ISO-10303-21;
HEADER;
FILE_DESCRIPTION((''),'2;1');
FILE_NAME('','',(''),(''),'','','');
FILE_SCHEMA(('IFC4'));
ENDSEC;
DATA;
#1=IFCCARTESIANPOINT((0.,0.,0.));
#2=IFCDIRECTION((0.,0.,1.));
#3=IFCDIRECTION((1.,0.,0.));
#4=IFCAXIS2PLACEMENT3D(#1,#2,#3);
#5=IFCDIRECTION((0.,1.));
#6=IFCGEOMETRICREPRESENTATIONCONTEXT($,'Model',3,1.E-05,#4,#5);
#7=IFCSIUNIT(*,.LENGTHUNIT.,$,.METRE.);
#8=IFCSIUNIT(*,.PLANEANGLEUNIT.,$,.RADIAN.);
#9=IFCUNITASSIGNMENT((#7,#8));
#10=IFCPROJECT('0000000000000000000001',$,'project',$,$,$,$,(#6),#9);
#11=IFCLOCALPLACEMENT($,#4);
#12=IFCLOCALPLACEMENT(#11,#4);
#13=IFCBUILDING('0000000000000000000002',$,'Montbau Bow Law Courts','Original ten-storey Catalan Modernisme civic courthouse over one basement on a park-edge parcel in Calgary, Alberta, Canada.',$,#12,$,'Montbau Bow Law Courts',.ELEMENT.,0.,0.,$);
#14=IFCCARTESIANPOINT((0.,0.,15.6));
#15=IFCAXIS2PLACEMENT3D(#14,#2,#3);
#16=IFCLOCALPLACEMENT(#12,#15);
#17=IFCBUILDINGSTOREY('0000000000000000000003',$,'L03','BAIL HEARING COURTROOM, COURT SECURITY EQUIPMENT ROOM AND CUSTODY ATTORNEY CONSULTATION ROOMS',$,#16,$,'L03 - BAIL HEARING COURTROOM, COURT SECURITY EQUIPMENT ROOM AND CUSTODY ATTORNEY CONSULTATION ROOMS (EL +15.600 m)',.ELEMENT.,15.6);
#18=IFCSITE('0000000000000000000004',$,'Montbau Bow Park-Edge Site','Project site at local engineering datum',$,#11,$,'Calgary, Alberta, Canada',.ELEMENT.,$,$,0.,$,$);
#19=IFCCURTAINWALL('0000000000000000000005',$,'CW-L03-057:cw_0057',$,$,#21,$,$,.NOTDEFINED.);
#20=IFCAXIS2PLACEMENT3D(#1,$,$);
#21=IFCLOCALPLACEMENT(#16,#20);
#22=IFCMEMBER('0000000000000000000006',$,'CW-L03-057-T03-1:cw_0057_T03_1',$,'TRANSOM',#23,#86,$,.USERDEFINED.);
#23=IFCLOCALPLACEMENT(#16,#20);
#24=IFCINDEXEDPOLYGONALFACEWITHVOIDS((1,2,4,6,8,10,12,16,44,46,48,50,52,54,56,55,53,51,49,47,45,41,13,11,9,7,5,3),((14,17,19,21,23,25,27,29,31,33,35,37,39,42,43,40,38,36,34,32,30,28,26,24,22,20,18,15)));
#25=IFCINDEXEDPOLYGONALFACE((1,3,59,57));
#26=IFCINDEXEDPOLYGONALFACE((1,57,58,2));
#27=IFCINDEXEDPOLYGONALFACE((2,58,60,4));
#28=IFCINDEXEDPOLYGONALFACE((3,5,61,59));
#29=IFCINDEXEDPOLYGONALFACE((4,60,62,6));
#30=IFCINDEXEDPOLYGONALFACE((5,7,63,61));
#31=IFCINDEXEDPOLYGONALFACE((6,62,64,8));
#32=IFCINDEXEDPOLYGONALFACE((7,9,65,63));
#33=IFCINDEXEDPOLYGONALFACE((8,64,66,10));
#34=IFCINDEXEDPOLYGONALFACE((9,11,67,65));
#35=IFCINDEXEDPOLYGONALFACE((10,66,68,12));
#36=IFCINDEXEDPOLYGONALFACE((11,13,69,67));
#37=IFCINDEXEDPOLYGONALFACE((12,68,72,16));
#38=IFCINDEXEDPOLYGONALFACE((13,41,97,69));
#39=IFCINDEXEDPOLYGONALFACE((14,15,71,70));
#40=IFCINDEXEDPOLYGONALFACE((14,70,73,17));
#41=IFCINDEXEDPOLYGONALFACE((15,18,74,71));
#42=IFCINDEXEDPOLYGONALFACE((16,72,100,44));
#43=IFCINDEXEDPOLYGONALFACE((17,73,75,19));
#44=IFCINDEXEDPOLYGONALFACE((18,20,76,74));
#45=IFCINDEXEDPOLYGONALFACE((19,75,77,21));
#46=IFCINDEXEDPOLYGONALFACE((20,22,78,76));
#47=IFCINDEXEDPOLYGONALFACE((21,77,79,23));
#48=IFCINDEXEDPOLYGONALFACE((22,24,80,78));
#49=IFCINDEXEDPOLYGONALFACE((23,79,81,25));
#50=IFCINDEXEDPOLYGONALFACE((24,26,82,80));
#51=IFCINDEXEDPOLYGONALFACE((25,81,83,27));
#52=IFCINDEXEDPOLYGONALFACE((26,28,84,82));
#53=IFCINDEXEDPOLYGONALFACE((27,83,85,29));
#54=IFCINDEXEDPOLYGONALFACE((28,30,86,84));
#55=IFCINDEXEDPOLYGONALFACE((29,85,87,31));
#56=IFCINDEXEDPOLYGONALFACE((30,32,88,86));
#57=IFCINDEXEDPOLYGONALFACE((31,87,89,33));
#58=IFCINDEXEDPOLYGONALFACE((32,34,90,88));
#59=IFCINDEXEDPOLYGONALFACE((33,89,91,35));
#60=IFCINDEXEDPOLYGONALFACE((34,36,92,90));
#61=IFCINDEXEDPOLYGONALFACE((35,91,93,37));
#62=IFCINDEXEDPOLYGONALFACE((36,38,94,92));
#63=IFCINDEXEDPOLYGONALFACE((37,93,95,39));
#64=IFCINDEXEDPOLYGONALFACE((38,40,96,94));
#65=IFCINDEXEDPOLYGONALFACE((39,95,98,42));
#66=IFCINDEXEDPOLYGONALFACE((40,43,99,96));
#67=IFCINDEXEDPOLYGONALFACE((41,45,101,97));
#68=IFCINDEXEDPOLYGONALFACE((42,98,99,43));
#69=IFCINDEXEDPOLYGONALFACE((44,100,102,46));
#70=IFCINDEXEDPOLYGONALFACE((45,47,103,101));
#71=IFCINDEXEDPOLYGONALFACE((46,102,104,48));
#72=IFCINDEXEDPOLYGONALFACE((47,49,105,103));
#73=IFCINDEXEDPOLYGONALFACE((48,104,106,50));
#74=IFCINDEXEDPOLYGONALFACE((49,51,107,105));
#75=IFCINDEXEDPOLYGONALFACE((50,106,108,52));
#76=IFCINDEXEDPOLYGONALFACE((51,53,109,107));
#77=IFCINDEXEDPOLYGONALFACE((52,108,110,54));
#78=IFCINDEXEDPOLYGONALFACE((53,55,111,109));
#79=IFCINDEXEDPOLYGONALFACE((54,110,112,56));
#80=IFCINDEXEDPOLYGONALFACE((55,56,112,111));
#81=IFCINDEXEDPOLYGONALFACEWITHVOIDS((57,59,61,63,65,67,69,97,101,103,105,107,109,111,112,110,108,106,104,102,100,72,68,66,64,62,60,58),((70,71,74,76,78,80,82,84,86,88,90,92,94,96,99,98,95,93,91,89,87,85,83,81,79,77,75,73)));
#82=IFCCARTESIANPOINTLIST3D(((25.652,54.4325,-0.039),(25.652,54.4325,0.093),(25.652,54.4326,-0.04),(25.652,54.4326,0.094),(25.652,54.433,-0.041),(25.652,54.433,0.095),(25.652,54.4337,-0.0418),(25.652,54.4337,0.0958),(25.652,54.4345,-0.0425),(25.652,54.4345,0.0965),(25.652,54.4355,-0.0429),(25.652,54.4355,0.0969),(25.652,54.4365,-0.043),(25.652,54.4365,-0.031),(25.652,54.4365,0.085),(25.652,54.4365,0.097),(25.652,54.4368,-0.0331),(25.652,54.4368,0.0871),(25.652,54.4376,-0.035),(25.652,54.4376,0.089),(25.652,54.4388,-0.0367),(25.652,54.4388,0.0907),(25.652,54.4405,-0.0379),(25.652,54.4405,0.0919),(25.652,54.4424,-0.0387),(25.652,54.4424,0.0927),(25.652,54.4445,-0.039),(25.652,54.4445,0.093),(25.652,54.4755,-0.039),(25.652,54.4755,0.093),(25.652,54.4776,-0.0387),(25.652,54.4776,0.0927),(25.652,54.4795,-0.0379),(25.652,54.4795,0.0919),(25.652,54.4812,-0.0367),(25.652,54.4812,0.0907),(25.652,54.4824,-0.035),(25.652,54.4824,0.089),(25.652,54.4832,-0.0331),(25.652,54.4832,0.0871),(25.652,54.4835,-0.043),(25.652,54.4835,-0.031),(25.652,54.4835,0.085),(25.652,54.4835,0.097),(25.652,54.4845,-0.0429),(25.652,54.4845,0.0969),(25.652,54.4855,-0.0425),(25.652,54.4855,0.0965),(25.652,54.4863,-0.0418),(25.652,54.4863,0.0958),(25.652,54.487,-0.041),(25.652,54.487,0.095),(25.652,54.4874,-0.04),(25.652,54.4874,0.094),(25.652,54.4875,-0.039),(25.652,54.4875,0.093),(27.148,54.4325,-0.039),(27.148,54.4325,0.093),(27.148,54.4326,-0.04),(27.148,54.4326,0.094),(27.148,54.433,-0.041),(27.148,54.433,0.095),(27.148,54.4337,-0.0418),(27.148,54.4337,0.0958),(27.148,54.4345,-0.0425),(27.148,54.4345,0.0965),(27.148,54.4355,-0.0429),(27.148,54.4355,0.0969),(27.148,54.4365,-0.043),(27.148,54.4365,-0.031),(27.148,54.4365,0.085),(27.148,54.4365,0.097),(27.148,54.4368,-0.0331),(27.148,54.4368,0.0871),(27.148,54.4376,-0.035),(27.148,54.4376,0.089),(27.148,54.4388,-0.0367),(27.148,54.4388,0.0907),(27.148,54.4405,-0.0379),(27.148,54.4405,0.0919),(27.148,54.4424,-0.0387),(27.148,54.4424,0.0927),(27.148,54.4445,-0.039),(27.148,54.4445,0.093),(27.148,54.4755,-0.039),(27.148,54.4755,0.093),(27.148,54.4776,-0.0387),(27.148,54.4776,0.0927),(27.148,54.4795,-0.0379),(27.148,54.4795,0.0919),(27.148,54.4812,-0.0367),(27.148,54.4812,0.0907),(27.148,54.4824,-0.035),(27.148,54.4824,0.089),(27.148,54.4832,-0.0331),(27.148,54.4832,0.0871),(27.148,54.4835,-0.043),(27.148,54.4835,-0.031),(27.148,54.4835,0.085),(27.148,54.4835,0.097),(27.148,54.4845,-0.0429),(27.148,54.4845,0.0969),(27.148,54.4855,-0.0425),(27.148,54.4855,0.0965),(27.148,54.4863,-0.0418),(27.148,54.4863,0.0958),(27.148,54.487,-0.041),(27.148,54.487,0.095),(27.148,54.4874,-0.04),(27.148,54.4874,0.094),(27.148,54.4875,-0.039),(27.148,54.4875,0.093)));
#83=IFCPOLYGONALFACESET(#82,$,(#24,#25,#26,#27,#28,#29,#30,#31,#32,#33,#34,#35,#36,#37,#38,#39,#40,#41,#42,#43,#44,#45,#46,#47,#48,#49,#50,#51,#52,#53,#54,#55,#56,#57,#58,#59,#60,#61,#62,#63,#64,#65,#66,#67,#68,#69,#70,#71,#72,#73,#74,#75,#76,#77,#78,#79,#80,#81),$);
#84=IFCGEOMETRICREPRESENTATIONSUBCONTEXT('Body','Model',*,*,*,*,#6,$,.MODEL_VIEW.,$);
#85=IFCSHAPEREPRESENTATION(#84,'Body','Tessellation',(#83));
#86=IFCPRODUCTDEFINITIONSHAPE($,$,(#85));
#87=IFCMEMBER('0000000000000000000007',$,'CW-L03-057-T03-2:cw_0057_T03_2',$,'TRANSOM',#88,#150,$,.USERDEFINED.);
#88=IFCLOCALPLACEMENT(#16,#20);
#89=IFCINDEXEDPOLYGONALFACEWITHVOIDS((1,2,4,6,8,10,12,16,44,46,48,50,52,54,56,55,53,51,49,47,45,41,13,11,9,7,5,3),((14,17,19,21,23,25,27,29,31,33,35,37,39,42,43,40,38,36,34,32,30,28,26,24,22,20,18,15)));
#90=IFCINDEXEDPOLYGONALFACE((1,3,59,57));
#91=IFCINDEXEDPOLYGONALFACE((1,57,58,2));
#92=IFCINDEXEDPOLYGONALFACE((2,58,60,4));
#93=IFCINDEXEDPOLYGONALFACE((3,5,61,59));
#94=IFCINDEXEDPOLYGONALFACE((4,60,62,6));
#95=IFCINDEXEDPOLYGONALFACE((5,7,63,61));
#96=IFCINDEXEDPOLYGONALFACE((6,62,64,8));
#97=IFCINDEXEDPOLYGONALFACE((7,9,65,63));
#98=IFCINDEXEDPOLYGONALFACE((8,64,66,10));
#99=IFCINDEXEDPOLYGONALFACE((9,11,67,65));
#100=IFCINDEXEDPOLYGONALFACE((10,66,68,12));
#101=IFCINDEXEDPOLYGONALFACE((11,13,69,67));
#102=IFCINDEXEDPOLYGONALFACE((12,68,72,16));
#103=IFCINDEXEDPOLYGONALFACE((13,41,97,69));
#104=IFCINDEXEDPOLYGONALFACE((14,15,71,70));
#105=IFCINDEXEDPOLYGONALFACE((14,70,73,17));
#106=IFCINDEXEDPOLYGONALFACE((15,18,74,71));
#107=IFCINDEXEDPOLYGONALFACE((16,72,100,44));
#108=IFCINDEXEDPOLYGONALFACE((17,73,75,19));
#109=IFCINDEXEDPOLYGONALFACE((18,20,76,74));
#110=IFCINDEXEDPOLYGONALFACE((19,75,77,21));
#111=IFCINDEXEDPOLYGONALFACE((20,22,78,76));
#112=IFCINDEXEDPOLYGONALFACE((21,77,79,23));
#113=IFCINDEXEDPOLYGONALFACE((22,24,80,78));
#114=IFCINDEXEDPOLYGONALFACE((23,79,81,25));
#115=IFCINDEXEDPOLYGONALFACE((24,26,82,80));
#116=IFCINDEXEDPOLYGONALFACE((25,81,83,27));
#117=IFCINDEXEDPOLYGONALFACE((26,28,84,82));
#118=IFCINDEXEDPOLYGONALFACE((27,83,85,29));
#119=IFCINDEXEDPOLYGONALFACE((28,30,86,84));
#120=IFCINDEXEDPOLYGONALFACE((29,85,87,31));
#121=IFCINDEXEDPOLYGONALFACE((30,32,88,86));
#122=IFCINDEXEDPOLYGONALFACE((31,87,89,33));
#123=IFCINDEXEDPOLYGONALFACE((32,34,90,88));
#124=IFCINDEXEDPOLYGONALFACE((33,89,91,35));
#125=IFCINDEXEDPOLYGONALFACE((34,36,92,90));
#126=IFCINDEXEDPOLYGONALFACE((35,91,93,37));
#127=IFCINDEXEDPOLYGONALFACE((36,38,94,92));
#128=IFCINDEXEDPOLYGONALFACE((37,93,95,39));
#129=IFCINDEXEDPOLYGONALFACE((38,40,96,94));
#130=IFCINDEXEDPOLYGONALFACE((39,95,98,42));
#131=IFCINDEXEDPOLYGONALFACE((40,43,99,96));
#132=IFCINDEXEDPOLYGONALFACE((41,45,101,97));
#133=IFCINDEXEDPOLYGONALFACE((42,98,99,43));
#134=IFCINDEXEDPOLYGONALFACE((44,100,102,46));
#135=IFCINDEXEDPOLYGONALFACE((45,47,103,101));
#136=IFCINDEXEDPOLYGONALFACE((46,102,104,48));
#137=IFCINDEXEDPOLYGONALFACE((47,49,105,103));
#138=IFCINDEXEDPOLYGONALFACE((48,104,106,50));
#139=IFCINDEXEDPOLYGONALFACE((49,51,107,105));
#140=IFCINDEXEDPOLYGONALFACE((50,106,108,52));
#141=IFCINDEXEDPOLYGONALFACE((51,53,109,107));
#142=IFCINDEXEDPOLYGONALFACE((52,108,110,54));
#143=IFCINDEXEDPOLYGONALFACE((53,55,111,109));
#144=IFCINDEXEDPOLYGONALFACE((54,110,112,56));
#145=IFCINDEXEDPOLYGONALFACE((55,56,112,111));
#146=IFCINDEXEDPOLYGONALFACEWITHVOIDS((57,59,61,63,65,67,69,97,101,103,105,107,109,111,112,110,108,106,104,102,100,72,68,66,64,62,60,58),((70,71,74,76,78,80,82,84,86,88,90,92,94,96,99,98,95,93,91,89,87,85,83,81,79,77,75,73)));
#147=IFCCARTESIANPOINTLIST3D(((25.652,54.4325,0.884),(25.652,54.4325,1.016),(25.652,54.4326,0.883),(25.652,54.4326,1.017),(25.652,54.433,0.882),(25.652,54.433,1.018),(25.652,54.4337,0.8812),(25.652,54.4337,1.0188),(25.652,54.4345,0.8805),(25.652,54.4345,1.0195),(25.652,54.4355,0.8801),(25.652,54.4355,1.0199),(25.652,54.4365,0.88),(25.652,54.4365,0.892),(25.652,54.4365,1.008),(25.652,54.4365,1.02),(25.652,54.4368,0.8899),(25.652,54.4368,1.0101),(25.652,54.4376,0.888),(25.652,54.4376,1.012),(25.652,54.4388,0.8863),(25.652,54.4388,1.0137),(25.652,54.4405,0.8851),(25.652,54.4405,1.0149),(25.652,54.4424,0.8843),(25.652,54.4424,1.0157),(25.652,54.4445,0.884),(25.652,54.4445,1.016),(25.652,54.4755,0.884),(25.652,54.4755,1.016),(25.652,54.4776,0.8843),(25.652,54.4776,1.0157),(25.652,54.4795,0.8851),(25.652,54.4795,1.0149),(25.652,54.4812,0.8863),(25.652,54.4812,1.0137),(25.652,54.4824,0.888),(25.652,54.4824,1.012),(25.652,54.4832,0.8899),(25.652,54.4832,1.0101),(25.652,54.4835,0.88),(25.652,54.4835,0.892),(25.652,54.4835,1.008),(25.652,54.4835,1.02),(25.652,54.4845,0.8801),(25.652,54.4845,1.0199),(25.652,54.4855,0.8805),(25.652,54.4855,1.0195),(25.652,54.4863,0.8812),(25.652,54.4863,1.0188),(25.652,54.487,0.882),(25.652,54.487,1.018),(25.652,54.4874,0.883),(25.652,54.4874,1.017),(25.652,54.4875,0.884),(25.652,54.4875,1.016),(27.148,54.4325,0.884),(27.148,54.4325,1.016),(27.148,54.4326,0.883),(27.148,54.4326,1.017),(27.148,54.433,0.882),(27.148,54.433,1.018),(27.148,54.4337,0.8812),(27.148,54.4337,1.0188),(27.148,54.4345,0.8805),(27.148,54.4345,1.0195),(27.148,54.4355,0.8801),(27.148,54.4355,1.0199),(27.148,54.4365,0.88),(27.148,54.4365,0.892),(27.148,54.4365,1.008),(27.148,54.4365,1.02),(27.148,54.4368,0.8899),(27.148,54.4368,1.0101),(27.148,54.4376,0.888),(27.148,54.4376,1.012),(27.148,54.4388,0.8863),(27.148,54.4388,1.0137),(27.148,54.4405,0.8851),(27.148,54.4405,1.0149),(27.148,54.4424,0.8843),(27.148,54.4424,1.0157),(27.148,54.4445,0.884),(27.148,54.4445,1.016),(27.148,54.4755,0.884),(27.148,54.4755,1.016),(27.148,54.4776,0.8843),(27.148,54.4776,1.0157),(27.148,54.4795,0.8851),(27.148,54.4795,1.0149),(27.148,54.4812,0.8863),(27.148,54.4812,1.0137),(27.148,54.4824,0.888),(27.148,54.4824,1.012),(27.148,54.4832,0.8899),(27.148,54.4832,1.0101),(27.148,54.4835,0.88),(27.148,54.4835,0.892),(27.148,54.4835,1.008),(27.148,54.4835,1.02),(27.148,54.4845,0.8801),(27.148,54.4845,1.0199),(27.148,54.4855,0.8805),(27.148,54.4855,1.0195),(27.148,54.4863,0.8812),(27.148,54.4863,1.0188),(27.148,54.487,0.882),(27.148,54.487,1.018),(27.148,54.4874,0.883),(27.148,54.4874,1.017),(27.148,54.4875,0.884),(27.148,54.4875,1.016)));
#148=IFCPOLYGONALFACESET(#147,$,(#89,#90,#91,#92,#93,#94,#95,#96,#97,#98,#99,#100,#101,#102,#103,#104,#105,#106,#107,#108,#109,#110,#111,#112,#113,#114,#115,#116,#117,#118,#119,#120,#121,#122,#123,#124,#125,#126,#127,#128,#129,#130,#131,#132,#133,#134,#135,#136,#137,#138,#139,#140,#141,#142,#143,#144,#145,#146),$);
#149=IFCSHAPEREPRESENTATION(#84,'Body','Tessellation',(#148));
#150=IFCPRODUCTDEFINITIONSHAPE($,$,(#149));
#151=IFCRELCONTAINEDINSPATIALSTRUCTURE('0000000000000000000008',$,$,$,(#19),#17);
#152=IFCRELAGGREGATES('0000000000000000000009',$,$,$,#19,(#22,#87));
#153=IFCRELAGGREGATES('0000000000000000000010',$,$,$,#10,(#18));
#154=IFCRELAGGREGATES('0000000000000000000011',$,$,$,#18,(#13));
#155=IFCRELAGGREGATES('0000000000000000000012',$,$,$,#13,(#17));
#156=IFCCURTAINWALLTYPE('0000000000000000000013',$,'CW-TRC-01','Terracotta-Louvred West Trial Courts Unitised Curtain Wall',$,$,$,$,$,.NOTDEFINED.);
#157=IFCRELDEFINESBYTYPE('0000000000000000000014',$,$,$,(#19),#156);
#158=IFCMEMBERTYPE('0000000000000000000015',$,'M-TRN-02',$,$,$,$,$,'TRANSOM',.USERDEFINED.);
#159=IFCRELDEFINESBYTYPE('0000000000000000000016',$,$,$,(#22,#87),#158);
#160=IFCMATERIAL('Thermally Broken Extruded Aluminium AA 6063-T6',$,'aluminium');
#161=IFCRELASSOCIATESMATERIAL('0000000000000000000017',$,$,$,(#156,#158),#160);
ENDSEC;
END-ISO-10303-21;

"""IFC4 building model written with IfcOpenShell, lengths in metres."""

from ifc_helpers import new_model, si_unit, direction, frame, origin_with_axes, origin_2d_with_axis, place, context, subcontext, project, spatial, hollow_rectangle, extrude, material, material_profile, profile_set, type_object, element, aggregate, save


model = new_model("IFC4")

# Units and contexts
model_context = context("Model", 3, precision=1e-05, world=origin_with_axes(), true_north=direction((0.0, 1.0)))
body_context = subcontext(model_context, "Body", "Model", "MODEL_VIEW")
ifc_project = project(units=[si_unit("LENGTHUNIT", "METRE"), si_unit("PLANEANGLEUNIT", "RADIAN")], contexts=[model_context])

# Site, building, storey
site_placement = place(None, origin_with_axes())
site = spatial("IfcSite", under=ifc_project, at=site_placement, Name="Montbau Bow Park-Edge Site", Description="Project site at local engineering datum", LongName="Calgary, Alberta, Canada", CompositionType="ELEMENT", RefElevation=0.0)
building_placement = place(site_placement, origin_with_axes())
building = spatial("IfcBuilding", under=site, at=building_placement, Name="Montbau Bow Law Courts", Description="Original ten-storey Catalan Modernisme civic courthouse over one basement on a park-edge parcel in Calgary, Alberta, Canada.", LongName="Montbau Bow Law Courts", CompositionType="ELEMENT", ElevationOfRefHeight=0.0, ElevationOfTerrain=0.0)
storey_placement = place(building_placement, frame((0.0, 0.0, 15.6), z_axis=(0.0, 0.0, 1.0), x_axis=(1.0, 0.0, 0.0)))
storey = spatial("IfcBuildingStorey", under=building, at=storey_placement, Name="L03", Description="BAIL HEARING COURTROOM, COURT SECURITY EQUIPMENT ROOM AND CUSTODY ATTORNEY CONSULTATION ROOMS", LongName="L03 - BAIL HEARING COURTROOM, COURT SECURITY EQUIPMENT ROOM AND CUSTODY ATTORNEY CONSULTATION ROOMS (EL +15.600 m)", CompositionType="ELEMENT", Elevation=15.6)

# Curtain wall
ifc_material_1 = material(Name="Thermally Broken Extruded Aluminium AA 6063-T6", Category="aluminium")
curtain_wall_type = type_object("IfcCurtainWallType", Name="CW-TRC-01", Description="Terracotta-Louvred West Trial Courts Unitised Curtain Wall", PredefinedType="NOTDEFINED", material=ifc_material_1)
curtain_wall_1_placement = place(None, frame((22.467, 54.46, 15.6), z_axis=(0.0, 0.0, 1.0), x_axis=(1.0, 0.0, 0.0)))
curtain_wall_1 = element("IfcCurtainWall", 1, at=curtain_wall_1_placement, inside=storey, type_object=curtain_wall_type, Name="CW-L03-057:cw_0057", PredefinedType="NOTDEFINED")

# Members
ifc_material_profile_1 = material_profile(ifc_material_1, hollow_rectangle(XDim=0.055, YDim=0.14, WallThickness=0.004, InnerFilletRadius=0.008, OuterFilletRadius=0.004, at=origin_2d_with_axis()), Name="CWT-140X55", Category="Main", Priority=0)
ifc_profile_set_1 = profile_set([ifc_material_profile_1], Name="Thermally Broken Extruded Aluminium AA 6063-T6")
member_type_1 = type_object("IfcMemberType", Name="M-TRN-02", ElementType="TRANSOM", PredefinedType="USERDEFINED", material=ifc_profile_set_1)
member_1_placement = place(None, frame((25.652, 54.46, 15.627), z_axis=(1.0, 0.0, 0.0), x_axis=(0.0, 1.0, 0.0)))
member_1 = element("IfcMember", 2, at=member_1_placement, type_object=member_type_1, Name="CW-L03-057-T03-1:cw_0057_T03_1", ObjectType="TRANSOM", PredefinedType="USERDEFINED", context=body_context, shape_type="SweptSolid", body=[
    extrude(hollow_rectangle(XDim=0.055, YDim=0.14, WallThickness=0.004, InnerFilletRadius=0.008, OuterFilletRadius=0.004, at=origin_2d_with_axis()), origin_with_axes(), (0.0, 0.0, 1.0), 1.496),
])
member_2_placement = place(None, frame((25.652, 54.46, 16.55), z_axis=(1.0, 0.0, 0.0), x_axis=(0.0, 1.0, 0.0)))
member_2 = element("IfcMember", 3, at=member_2_placement, type_object=member_type_1, Name="CW-L03-057-T03-2:cw_0057_T03_2", ObjectType="TRANSOM", PredefinedType="USERDEFINED", context=body_context, shape_type="SweptSolid", body=[
    extrude(hollow_rectangle(XDim=0.055, YDim=0.14, WallThickness=0.004, InnerFilletRadius=0.008, OuterFilletRadius=0.004, at=origin_2d_with_axis()), origin_with_axes(), (0.0, 0.0, 1.0), 1.496),
])

aggregate(curtain_wall_1, [member_1, member_2])

save(model, "model.ifc")
